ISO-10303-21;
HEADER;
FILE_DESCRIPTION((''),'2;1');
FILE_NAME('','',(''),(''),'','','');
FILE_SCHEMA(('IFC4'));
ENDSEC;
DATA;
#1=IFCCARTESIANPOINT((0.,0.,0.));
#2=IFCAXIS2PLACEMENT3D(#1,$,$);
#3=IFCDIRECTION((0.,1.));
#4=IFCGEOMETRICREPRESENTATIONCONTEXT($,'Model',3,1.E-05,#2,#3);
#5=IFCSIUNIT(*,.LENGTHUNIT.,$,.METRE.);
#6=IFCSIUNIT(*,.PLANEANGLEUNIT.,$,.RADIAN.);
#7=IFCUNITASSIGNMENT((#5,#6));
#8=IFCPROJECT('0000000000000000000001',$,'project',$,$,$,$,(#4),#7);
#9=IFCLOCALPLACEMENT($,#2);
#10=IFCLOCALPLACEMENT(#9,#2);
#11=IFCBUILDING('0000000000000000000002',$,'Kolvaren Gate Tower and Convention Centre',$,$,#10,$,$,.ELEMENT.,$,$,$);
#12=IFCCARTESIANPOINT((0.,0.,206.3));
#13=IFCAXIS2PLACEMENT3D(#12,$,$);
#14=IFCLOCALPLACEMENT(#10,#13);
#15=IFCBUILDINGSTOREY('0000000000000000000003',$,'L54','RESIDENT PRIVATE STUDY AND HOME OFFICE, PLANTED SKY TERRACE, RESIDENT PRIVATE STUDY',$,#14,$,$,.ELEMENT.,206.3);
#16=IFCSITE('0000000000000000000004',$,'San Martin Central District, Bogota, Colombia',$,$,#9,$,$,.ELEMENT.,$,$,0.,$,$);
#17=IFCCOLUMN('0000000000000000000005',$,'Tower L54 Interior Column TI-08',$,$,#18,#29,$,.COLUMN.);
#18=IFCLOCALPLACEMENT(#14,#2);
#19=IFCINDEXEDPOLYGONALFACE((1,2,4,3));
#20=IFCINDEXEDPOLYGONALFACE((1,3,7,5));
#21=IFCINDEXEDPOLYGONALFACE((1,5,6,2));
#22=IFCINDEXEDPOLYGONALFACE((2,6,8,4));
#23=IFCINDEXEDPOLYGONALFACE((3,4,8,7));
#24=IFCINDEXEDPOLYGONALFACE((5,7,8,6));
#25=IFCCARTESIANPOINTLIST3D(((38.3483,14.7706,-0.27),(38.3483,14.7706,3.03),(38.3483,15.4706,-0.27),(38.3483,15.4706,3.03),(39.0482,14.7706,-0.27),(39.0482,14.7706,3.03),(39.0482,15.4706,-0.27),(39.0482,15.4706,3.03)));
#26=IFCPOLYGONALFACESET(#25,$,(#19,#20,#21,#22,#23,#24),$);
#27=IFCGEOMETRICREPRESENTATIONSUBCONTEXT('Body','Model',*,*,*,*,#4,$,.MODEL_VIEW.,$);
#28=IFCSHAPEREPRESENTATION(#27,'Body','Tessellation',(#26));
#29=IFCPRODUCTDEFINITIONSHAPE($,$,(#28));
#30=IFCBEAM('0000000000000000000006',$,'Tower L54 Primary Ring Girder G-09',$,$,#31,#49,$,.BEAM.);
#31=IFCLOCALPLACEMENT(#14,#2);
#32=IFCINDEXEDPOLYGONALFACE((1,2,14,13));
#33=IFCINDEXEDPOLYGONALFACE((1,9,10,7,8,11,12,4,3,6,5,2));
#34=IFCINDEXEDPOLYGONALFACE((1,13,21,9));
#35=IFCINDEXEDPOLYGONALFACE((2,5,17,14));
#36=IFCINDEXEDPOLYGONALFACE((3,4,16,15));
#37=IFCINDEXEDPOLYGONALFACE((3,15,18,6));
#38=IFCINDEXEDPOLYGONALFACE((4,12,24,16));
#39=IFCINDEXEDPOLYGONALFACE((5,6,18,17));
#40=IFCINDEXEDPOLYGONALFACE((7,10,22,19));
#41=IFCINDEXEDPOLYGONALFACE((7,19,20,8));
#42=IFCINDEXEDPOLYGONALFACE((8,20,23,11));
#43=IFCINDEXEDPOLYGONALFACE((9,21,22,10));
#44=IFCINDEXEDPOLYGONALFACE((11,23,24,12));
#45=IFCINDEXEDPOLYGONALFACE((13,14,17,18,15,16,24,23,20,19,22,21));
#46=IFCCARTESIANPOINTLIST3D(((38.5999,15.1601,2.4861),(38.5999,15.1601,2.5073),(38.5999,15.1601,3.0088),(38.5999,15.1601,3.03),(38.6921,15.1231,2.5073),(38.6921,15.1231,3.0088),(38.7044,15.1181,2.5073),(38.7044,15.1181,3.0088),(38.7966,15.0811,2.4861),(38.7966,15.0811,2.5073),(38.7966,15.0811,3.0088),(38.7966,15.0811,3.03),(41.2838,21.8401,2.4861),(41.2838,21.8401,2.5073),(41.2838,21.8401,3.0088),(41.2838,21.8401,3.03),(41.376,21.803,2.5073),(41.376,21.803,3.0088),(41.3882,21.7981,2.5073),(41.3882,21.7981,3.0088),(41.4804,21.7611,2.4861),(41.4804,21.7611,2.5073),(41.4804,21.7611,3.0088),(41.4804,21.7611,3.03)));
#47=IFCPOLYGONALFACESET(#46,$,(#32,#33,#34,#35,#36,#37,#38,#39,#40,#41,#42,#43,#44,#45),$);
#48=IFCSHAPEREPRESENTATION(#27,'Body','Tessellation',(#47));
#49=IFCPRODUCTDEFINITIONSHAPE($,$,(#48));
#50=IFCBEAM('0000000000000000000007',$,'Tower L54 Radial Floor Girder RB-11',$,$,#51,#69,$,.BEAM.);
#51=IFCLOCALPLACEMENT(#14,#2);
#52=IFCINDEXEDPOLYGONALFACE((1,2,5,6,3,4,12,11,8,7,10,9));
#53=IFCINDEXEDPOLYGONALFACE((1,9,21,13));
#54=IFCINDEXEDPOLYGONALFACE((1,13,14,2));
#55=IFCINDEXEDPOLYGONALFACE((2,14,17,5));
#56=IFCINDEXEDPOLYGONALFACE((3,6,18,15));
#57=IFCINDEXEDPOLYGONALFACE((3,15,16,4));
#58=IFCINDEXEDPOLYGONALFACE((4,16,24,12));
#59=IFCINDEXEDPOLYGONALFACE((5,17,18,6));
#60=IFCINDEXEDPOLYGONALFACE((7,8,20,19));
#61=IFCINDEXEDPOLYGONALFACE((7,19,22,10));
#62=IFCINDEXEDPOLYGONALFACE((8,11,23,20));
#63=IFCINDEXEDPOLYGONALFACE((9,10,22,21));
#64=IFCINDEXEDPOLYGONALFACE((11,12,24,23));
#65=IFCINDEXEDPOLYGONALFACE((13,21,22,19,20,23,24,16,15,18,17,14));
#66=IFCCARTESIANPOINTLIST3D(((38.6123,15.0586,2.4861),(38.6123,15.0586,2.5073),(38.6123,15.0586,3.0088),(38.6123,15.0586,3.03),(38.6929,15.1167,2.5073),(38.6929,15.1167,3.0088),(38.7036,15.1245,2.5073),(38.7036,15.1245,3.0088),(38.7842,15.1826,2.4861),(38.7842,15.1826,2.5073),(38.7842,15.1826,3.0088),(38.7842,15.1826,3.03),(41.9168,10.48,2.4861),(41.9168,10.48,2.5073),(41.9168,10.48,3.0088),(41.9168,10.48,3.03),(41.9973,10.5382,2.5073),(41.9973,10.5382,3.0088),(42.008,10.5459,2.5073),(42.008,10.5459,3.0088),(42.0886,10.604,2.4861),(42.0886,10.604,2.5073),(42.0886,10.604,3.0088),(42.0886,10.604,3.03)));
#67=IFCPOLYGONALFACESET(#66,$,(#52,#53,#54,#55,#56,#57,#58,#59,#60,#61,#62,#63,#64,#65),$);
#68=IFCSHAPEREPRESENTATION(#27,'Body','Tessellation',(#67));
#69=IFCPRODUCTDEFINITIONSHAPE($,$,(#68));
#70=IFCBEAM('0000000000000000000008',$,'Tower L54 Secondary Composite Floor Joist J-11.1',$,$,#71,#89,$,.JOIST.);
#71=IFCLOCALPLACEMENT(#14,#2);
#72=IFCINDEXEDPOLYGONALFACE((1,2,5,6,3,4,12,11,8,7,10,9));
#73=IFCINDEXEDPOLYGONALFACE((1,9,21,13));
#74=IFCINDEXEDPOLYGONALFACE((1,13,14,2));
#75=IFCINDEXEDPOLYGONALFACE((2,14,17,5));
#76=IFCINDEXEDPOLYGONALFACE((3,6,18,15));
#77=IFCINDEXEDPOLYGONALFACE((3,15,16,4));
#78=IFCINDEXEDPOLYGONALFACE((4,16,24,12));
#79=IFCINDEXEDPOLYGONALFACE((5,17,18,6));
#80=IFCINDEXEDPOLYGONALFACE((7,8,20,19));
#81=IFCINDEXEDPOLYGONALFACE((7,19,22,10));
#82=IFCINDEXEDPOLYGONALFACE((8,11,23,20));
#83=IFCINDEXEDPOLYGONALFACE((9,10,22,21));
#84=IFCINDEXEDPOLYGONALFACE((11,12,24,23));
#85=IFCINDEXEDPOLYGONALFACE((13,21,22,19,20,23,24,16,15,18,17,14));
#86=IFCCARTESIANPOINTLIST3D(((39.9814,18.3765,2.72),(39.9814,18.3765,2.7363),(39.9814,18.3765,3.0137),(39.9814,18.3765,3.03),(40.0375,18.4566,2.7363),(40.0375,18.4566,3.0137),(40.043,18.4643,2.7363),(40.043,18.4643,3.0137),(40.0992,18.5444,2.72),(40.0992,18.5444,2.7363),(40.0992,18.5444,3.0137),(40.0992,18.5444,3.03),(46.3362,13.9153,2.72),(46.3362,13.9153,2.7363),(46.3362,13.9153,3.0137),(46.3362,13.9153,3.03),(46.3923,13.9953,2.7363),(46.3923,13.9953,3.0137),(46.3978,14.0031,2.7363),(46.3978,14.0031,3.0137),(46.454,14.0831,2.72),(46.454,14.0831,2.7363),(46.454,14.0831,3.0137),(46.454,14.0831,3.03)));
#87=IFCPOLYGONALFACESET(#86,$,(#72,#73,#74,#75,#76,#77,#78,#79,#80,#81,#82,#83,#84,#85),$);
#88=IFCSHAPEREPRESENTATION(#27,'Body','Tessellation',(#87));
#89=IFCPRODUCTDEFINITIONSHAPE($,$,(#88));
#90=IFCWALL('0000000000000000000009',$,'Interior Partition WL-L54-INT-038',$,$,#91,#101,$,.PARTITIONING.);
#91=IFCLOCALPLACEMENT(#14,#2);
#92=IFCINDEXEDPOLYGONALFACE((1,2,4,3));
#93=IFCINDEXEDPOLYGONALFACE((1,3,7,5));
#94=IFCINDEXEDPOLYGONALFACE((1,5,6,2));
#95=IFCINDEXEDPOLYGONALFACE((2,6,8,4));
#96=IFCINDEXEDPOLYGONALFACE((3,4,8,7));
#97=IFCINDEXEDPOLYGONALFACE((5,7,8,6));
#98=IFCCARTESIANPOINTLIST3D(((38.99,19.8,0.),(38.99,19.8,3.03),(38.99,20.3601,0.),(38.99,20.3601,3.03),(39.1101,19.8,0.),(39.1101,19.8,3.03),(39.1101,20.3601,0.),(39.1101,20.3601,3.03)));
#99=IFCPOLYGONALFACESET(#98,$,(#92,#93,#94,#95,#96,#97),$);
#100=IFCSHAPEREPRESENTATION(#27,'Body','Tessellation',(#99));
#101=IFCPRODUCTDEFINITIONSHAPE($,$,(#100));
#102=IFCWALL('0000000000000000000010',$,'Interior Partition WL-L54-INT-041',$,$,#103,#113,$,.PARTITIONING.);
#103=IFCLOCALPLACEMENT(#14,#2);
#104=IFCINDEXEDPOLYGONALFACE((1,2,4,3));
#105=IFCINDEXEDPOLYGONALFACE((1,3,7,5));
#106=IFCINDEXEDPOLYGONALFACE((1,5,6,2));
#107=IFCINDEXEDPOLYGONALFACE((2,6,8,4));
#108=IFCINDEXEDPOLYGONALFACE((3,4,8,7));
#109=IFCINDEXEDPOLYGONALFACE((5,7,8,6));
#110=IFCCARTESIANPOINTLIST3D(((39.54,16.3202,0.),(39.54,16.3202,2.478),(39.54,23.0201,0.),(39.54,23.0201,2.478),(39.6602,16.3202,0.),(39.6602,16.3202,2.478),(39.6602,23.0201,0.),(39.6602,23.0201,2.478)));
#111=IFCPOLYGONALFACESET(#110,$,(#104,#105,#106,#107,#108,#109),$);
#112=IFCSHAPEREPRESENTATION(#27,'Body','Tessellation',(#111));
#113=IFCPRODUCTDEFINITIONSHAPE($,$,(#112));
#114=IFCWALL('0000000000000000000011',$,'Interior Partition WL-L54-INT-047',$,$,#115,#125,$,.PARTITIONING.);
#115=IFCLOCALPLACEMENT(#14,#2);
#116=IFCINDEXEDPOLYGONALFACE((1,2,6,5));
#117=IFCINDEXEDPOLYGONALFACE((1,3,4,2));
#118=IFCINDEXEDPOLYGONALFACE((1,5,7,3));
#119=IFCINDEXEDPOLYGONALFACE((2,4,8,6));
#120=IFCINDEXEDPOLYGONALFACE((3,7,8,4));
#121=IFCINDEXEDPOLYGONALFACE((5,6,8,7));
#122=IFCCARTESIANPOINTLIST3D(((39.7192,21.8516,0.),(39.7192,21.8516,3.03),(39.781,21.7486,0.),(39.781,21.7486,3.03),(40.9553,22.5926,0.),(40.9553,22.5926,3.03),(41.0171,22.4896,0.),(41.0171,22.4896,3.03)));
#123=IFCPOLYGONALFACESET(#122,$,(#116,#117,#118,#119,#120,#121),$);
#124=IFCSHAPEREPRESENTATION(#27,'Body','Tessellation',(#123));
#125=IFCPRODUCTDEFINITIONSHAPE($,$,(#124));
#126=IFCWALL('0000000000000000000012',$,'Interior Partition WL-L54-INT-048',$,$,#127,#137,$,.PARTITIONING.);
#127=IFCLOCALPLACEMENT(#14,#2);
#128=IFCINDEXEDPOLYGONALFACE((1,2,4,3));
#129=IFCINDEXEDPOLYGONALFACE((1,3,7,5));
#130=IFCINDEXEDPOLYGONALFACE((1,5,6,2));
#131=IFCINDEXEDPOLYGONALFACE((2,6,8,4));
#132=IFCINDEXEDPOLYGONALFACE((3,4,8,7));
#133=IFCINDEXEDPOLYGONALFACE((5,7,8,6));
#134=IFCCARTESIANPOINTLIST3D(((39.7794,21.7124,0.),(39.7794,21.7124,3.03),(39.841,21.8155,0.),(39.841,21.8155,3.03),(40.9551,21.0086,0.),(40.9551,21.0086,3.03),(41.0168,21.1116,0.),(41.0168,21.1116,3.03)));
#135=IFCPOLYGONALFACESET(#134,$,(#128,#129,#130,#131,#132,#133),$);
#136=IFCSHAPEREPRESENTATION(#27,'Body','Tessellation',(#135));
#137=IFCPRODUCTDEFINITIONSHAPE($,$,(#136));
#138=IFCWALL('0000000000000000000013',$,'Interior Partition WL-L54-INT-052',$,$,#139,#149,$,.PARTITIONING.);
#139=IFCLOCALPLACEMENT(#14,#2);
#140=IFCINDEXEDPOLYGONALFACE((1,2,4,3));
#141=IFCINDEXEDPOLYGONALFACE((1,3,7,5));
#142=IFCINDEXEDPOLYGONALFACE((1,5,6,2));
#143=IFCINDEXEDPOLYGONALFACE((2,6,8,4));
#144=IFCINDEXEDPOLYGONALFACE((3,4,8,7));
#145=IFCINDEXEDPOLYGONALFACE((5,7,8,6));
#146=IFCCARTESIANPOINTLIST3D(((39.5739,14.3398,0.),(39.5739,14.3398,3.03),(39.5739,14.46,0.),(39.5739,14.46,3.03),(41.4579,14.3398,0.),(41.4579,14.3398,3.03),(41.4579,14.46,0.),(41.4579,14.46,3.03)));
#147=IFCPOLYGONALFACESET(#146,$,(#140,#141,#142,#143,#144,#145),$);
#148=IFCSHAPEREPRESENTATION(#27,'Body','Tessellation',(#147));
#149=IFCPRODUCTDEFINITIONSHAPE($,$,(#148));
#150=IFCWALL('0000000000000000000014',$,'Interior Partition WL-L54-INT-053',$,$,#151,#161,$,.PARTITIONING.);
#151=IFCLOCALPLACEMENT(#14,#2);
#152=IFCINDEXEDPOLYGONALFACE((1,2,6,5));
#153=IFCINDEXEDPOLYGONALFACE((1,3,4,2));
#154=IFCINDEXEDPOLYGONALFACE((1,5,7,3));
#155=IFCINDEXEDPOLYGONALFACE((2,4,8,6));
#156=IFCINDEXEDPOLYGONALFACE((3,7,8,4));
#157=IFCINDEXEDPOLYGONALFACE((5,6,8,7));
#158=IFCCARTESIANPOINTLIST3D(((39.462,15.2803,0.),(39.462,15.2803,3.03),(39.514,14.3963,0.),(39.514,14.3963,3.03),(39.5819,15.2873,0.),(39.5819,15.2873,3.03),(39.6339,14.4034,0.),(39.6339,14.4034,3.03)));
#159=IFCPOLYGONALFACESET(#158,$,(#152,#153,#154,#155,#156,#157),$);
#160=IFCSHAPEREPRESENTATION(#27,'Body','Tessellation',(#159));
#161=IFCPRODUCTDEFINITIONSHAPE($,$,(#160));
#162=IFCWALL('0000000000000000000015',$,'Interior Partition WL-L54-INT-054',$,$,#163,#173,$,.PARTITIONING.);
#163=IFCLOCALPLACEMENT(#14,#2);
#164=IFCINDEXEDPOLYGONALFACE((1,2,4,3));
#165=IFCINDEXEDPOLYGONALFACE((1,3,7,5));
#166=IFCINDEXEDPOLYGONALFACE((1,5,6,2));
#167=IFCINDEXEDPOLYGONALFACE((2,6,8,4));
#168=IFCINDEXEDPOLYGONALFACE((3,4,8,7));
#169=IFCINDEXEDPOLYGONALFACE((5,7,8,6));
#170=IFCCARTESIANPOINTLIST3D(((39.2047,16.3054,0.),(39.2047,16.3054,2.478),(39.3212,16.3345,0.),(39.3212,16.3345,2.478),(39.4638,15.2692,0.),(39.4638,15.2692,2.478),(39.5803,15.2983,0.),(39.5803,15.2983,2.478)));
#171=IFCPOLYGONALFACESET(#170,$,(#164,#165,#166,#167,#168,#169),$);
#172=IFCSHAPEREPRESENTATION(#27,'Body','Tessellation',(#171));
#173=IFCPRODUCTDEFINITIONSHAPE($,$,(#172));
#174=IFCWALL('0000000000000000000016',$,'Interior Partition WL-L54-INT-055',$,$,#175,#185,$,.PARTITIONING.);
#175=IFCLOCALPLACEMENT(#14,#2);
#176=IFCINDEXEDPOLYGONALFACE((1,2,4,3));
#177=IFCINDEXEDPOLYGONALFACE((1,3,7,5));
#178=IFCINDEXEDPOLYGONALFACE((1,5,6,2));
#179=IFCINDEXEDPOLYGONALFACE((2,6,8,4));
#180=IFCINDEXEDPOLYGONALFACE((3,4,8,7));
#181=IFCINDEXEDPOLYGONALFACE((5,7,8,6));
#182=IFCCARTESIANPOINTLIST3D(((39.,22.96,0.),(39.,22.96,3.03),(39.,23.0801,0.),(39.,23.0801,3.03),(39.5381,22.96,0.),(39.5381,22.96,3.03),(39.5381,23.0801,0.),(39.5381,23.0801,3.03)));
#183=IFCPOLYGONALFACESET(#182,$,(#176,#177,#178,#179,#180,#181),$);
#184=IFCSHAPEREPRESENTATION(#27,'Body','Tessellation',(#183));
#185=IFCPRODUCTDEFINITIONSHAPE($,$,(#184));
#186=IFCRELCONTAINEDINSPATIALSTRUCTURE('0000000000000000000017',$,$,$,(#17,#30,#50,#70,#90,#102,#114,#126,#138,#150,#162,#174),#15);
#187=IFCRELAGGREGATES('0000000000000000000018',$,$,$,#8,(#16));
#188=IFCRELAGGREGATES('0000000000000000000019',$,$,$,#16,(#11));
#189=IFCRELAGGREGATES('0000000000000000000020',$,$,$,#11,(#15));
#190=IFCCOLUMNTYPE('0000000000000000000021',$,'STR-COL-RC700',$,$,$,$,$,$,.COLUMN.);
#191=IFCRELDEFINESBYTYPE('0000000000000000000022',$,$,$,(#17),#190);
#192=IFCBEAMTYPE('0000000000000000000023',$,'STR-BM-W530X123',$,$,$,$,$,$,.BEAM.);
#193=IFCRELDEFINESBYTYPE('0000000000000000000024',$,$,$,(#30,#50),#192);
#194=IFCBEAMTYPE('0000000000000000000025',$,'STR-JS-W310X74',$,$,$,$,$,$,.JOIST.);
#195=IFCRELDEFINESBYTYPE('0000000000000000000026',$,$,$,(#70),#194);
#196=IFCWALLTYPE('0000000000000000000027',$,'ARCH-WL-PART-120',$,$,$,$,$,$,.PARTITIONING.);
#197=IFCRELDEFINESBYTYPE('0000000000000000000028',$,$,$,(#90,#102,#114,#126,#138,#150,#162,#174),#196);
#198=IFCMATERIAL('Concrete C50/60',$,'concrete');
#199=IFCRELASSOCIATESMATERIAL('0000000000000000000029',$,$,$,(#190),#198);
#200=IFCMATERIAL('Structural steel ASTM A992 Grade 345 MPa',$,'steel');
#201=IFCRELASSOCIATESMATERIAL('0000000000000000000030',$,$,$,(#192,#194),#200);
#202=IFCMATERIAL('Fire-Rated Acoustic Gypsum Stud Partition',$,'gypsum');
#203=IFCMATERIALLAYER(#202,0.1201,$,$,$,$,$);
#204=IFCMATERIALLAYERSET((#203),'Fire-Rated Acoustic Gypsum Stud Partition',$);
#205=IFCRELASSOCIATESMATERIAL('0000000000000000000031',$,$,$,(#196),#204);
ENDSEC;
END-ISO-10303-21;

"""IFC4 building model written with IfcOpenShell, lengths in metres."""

from ifc_helpers import new_model, si_unit, direction, frame, frame_2d, origin, origin_2d, place, context, subcontext, project, spatial, rectangle, i_section, extrude, material, layer, layer_set, material_profile, profile_set, type_object, element, save


model = new_model("IFC4")

# Units and contexts
model_context = context("Model", 3, precision=1e-05, world=origin(), true_north=direction((0.0, 1.0)))
body_context = subcontext(model_context, "Body", "Model", "MODEL_VIEW")
ifc_project = project(units=[si_unit("LENGTHUNIT", "METRE"), si_unit("PLANEANGLEUNIT", "RADIAN")], contexts=[model_context])

# Site, building, storey
site_placement = place(None, origin())
site = spatial("IfcSite", under=ifc_project, at=site_placement, Name="San Martin Central District, Bogota, Colombia", CompositionType="ELEMENT", RefElevation=0.0)
building_placement = place(site_placement, origin())
building = spatial("IfcBuilding", under=site, at=building_placement, Name="Kolvaren Gate Tower and Convention Centre", CompositionType="ELEMENT")
storey_placement = place(building_placement, frame((0.0, 0.0, 206.3)))
storey = spatial("IfcBuildingStorey", under=building, at=storey_placement, Name="L54", Description="RESIDENT PRIVATE STUDY AND HOME OFFICE, PLANTED SKY TERRACE, RESIDENT PRIVATE STUDY", CompositionType="ELEMENT", Elevation=206.3)

# Column
ifc_material_1 = material(Name="Concrete C50/60", Category="concrete")
ifc_material_profile_1 = material_profile(ifc_material_1, rectangle(XDim=0.7, YDim=0.7, at=origin_2d()), Name="RC-COL-700X700")
ifc_profile_set_1 = profile_set([ifc_material_profile_1], Name="Concrete C50/60")
column_type = type_object("IfcColumnType", Name="STR-COL-RC700", PredefinedType="COLUMN", material=ifc_profile_set_1)
column_placement = place(storey_placement, frame((38.6982, 15.1206, -0.27), z_axis=(0.0, 0.0, 1.0), x_axis=(1.0, 0.0, 0.0)))
element("IfcColumn", 1, at=column_placement, inside=storey, type_object=column_type, Name="Tower L54 Interior Column TI-08", PredefinedType="COLUMN", context=body_context, shape_type="SweptSolid", body=[
    extrude(rectangle(XDim=0.7, YDim=0.7, at=origin_2d()), origin(), (0.0, 0.0, 1.0), 3.3),
])

# Beams
ifc_material_2 = material(Name="Structural steel ASTM A992 Grade 345 MPa", Category="steel")
ifc_material_profile_2 = material_profile(ifc_material_2, i_section(OverallWidth=0.2119, OverallDepth=0.5439, WebThickness=0.0132, FlangeThickness=0.0212, at=origin_2d()), Name="W530X123")
ifc_profile_set_2 = profile_set([ifc_material_profile_2], Name="Structural steel ASTM A992 Grade 345 MPa")
beam_type_1 = type_object("IfcBeamType", Name="STR-BM-W530X123", PredefinedType="BEAM", material=ifc_profile_set_2)
beam_1_placement = place(storey_placement, frame((38.6982, 15.1206, 2.7581), z_axis=(0.372811, 0.927907, 0.0), x_axis=(-0.927907, 0.372811, 0.0)))
element("IfcBeam", 2, at=beam_1_placement, inside=storey, type_object=beam_type_1, Name="Tower L54 Primary Ring Girder G-09", PredefinedType="BEAM", context=body_context, shape_type="SweptSolid", body=[
    extrude(i_section(OverallWidth=0.2119, OverallDepth=0.5439, WebThickness=0.0132, FlangeThickness=0.0212, at=origin_2d()), origin(), (0.0, 0.0, 1.0), 7.199),
])
beam_2_placement = place(storey_placement, frame((38.6982, 15.1206, 2.7581), z_axis=(0.585219, -0.810875, 0.0), x_axis=(0.810875, 0.585219, 0.0)))
element("IfcBeam", 3, at=beam_2_placement, inside=storey, type_object=beam_type_1, Name="Tower L54 Radial Floor Girder RB-11", PredefinedType="BEAM", context=body_context, shape_type="SweptSolid", body=[
    extrude(i_section(OverallWidth=0.2119, OverallDepth=0.5439, WebThickness=0.0132, FlangeThickness=0.0212, at=origin_2d()), origin(), (0.0, 0.0, 1.0), 5.6465),
])
ifc_material_profile_3 = material_profile(ifc_material_2, i_section(OverallWidth=0.2051, OverallDepth=0.3101, WebThickness=0.0095, FlangeThickness=0.0164, at=origin_2d()), Name="W310X74")
ifc_profile_set_3 = profile_set([ifc_material_profile_3], Name="Structural steel ASTM A992 Grade 345 MPa")
beam_type_2 = type_object("IfcBeamType", Name="STR-JS-W310X74", PredefinedType="JOIST", material=ifc_profile_set_3)
beam_3_placement = place(storey_placement, frame((40.0403, 18.4604, 2.875), z_axis=(0.818453, -0.574574, 0.0), x_axis=(0.574574, 0.818453, 0.0)))
element("IfcBeam", 4, at=beam_3_placement, inside=storey, type_object=beam_type_2, Name="Tower L54 Secondary Composite Floor Joist J-11.1", PredefinedType="JOIST", context=body_context, shape_type="SweptSolid", body=[
    extrude(i_section(OverallWidth=0.2051, OverallDepth=0.3101, WebThickness=0.0095, FlangeThickness=0.0164, at=origin_2d()), origin(), (0.0, 0.0, 1.0), 7.7644),
])

# Walls
ifc_material_3 = material(Name="Fire-Rated Acoustic Gypsum Stud Partition", Category="gypsum")
ifc_layer_1 = layer(ifc_material_3, 0.1201)
ifc_layer_set_1 = layer_set([ifc_layer_1], Name="Fire-Rated Acoustic Gypsum Stud Partition")
wall_type_1 = type_object("IfcWallType", Name="ARCH-WL-PART-120", PredefinedType="PARTITIONING", material=ifc_layer_set_1)
wall_1_placement = place(storey_placement, frame((39.05, 19.8, 0.0), z_axis=(0.0, 0.0, 1.0), x_axis=(0.0, 1.0, 0.0)))
element("IfcWall", 5, at=wall_1_placement, inside=storey, type_object=wall_type_1, Name="Interior Partition WL-L54-INT-038", PredefinedType="PARTITIONING", context=body_context, shape_type="SweptSolid", body=[
    extrude(rectangle(XDim=0.5601, YDim=0.1201, at=frame_2d((0.28, 0.0))), origin(), (0.0, 0.0, 1.0), 3.03),
])
wall_2_placement = place(storey_placement, frame((39.6001, 16.3201, 0.0), z_axis=(0.0, 0.0, 1.0), x_axis=(0.0, 1.0, 0.0)))
element("IfcWall", 6, at=wall_2_placement, inside=storey, type_object=wall_type_1, Name="Interior Partition WL-L54-INT-041", PredefinedType="PARTITIONING", context=body_context, shape_type="SweptSolid", body=[
    extrude(rectangle(XDim=6.7, YDim=0.1201, at=frame_2d((3.3501, 0.0))), origin(), (0.0, 0.0, 1.0), 2.478),
])
wall_3_placement = place(storey_placement, frame((39.75, 21.8, 0.0), z_axis=(0.0, 0.0, 1.0), x_axis=(0.857702, 0.514147, 0.0)))
element("IfcWall", 7, at=wall_3_placement, inside=storey, type_object=wall_type_1, Name="Interior Partition WL-L54-INT-047", PredefinedType="PARTITIONING", context=body_context, shape_type="SweptSolid", body=[
    extrude(rectangle(XDim=1.4412, YDim=0.1201, at=frame_2d((0.7207, 0.0))), origin(), (0.0, 0.0, 1.0), 3.03),
])
wall_4_placement = place(storey_placement, frame((39.8103, 21.7639, 0.0), z_axis=(0.0, 0.0, 1.0), x_axis=(0.858011, -0.513631, 0.0)))
element("IfcWall", 8, at=wall_4_placement, inside=storey, type_object=wall_type_1, Name="Interior Partition WL-L54-INT-048", PredefinedType="PARTITIONING", context=body_context, shape_type="SweptSolid", body=[
    extrude(rectangle(XDim=1.3704, YDim=0.1201, at=frame_2d((0.6851, 0.0))), origin(), (0.0, 0.0, 1.0), 3.03),
])
wall_5_placement = place(storey_placement, frame((39.574, 14.3999, 0.0), z_axis=(0.0, 0.0, 1.0), x_axis=(1.0, 0.0, 0.0)))
element("IfcWall", 9, at=wall_5_placement, inside=storey, type_object=wall_type_1, Name="Interior Partition WL-L54-INT-052", PredefinedType="PARTITIONING", context=body_context, shape_type="SweptSolid", body=[
    extrude(rectangle(XDim=1.884, YDim=0.1201, at=frame_2d((0.9419, 0.0))), origin(), (0.0, 0.0, 1.0), 3.03),
])
wall_6_placement = place(storey_placement, frame((39.522, 15.2839, 0.0), z_axis=(0.0, 0.0, 1.0), x_axis=(0.058722, -0.998274, 0.0)))
element("IfcWall", 10, at=wall_6_placement, inside=storey, type_object=wall_type_1, Name="Interior Partition WL-L54-INT-053", PredefinedType="PARTITIONING", context=body_context, shape_type="SweptSolid", body=[
    extrude(rectangle(XDim=0.8855, YDim=0.1201, at=frame_2d((0.4429, 0.0))), origin(), (0.0, 0.0, 1.0), 3.03),
])
wall_7_placement = place(storey_placement, frame((39.2629, 16.3201, 0.0), z_axis=(0.0, 0.0, 1.0), x_axis=(0.242536, -0.970143, 0.0)))
element("IfcWall", 11, at=wall_7_placement, inside=storey, type_object=wall_type_1, Name="Interior Partition WL-L54-INT-054", PredefinedType="PARTITIONING", context=body_context, shape_type="SweptSolid", body=[
    extrude(rectangle(XDim=1.0681, YDim=0.1201, at=frame_2d((0.5342, 0.0))), origin(), (0.0, 0.0, 1.0), 2.478),
])
wall_8_placement = place(storey_placement, frame((39.0, 23.02, 0.0), z_axis=(0.0, 0.0, 1.0), x_axis=(1.0, 0.0, 0.0)))
element("IfcWall", 12, at=wall_8_placement, inside=storey, type_object=wall_type_1, Name="Interior Partition WL-L54-INT-055", PredefinedType="PARTITIONING", context=body_context, shape_type="SweptSolid", body=[
    extrude(rectangle(XDim=0.5381, YDim=0.1201, at=frame_2d((0.269, 0.0))), origin(), (0.0, 0.0, 1.0), 3.03),
])

save(model, "model.ifc")
